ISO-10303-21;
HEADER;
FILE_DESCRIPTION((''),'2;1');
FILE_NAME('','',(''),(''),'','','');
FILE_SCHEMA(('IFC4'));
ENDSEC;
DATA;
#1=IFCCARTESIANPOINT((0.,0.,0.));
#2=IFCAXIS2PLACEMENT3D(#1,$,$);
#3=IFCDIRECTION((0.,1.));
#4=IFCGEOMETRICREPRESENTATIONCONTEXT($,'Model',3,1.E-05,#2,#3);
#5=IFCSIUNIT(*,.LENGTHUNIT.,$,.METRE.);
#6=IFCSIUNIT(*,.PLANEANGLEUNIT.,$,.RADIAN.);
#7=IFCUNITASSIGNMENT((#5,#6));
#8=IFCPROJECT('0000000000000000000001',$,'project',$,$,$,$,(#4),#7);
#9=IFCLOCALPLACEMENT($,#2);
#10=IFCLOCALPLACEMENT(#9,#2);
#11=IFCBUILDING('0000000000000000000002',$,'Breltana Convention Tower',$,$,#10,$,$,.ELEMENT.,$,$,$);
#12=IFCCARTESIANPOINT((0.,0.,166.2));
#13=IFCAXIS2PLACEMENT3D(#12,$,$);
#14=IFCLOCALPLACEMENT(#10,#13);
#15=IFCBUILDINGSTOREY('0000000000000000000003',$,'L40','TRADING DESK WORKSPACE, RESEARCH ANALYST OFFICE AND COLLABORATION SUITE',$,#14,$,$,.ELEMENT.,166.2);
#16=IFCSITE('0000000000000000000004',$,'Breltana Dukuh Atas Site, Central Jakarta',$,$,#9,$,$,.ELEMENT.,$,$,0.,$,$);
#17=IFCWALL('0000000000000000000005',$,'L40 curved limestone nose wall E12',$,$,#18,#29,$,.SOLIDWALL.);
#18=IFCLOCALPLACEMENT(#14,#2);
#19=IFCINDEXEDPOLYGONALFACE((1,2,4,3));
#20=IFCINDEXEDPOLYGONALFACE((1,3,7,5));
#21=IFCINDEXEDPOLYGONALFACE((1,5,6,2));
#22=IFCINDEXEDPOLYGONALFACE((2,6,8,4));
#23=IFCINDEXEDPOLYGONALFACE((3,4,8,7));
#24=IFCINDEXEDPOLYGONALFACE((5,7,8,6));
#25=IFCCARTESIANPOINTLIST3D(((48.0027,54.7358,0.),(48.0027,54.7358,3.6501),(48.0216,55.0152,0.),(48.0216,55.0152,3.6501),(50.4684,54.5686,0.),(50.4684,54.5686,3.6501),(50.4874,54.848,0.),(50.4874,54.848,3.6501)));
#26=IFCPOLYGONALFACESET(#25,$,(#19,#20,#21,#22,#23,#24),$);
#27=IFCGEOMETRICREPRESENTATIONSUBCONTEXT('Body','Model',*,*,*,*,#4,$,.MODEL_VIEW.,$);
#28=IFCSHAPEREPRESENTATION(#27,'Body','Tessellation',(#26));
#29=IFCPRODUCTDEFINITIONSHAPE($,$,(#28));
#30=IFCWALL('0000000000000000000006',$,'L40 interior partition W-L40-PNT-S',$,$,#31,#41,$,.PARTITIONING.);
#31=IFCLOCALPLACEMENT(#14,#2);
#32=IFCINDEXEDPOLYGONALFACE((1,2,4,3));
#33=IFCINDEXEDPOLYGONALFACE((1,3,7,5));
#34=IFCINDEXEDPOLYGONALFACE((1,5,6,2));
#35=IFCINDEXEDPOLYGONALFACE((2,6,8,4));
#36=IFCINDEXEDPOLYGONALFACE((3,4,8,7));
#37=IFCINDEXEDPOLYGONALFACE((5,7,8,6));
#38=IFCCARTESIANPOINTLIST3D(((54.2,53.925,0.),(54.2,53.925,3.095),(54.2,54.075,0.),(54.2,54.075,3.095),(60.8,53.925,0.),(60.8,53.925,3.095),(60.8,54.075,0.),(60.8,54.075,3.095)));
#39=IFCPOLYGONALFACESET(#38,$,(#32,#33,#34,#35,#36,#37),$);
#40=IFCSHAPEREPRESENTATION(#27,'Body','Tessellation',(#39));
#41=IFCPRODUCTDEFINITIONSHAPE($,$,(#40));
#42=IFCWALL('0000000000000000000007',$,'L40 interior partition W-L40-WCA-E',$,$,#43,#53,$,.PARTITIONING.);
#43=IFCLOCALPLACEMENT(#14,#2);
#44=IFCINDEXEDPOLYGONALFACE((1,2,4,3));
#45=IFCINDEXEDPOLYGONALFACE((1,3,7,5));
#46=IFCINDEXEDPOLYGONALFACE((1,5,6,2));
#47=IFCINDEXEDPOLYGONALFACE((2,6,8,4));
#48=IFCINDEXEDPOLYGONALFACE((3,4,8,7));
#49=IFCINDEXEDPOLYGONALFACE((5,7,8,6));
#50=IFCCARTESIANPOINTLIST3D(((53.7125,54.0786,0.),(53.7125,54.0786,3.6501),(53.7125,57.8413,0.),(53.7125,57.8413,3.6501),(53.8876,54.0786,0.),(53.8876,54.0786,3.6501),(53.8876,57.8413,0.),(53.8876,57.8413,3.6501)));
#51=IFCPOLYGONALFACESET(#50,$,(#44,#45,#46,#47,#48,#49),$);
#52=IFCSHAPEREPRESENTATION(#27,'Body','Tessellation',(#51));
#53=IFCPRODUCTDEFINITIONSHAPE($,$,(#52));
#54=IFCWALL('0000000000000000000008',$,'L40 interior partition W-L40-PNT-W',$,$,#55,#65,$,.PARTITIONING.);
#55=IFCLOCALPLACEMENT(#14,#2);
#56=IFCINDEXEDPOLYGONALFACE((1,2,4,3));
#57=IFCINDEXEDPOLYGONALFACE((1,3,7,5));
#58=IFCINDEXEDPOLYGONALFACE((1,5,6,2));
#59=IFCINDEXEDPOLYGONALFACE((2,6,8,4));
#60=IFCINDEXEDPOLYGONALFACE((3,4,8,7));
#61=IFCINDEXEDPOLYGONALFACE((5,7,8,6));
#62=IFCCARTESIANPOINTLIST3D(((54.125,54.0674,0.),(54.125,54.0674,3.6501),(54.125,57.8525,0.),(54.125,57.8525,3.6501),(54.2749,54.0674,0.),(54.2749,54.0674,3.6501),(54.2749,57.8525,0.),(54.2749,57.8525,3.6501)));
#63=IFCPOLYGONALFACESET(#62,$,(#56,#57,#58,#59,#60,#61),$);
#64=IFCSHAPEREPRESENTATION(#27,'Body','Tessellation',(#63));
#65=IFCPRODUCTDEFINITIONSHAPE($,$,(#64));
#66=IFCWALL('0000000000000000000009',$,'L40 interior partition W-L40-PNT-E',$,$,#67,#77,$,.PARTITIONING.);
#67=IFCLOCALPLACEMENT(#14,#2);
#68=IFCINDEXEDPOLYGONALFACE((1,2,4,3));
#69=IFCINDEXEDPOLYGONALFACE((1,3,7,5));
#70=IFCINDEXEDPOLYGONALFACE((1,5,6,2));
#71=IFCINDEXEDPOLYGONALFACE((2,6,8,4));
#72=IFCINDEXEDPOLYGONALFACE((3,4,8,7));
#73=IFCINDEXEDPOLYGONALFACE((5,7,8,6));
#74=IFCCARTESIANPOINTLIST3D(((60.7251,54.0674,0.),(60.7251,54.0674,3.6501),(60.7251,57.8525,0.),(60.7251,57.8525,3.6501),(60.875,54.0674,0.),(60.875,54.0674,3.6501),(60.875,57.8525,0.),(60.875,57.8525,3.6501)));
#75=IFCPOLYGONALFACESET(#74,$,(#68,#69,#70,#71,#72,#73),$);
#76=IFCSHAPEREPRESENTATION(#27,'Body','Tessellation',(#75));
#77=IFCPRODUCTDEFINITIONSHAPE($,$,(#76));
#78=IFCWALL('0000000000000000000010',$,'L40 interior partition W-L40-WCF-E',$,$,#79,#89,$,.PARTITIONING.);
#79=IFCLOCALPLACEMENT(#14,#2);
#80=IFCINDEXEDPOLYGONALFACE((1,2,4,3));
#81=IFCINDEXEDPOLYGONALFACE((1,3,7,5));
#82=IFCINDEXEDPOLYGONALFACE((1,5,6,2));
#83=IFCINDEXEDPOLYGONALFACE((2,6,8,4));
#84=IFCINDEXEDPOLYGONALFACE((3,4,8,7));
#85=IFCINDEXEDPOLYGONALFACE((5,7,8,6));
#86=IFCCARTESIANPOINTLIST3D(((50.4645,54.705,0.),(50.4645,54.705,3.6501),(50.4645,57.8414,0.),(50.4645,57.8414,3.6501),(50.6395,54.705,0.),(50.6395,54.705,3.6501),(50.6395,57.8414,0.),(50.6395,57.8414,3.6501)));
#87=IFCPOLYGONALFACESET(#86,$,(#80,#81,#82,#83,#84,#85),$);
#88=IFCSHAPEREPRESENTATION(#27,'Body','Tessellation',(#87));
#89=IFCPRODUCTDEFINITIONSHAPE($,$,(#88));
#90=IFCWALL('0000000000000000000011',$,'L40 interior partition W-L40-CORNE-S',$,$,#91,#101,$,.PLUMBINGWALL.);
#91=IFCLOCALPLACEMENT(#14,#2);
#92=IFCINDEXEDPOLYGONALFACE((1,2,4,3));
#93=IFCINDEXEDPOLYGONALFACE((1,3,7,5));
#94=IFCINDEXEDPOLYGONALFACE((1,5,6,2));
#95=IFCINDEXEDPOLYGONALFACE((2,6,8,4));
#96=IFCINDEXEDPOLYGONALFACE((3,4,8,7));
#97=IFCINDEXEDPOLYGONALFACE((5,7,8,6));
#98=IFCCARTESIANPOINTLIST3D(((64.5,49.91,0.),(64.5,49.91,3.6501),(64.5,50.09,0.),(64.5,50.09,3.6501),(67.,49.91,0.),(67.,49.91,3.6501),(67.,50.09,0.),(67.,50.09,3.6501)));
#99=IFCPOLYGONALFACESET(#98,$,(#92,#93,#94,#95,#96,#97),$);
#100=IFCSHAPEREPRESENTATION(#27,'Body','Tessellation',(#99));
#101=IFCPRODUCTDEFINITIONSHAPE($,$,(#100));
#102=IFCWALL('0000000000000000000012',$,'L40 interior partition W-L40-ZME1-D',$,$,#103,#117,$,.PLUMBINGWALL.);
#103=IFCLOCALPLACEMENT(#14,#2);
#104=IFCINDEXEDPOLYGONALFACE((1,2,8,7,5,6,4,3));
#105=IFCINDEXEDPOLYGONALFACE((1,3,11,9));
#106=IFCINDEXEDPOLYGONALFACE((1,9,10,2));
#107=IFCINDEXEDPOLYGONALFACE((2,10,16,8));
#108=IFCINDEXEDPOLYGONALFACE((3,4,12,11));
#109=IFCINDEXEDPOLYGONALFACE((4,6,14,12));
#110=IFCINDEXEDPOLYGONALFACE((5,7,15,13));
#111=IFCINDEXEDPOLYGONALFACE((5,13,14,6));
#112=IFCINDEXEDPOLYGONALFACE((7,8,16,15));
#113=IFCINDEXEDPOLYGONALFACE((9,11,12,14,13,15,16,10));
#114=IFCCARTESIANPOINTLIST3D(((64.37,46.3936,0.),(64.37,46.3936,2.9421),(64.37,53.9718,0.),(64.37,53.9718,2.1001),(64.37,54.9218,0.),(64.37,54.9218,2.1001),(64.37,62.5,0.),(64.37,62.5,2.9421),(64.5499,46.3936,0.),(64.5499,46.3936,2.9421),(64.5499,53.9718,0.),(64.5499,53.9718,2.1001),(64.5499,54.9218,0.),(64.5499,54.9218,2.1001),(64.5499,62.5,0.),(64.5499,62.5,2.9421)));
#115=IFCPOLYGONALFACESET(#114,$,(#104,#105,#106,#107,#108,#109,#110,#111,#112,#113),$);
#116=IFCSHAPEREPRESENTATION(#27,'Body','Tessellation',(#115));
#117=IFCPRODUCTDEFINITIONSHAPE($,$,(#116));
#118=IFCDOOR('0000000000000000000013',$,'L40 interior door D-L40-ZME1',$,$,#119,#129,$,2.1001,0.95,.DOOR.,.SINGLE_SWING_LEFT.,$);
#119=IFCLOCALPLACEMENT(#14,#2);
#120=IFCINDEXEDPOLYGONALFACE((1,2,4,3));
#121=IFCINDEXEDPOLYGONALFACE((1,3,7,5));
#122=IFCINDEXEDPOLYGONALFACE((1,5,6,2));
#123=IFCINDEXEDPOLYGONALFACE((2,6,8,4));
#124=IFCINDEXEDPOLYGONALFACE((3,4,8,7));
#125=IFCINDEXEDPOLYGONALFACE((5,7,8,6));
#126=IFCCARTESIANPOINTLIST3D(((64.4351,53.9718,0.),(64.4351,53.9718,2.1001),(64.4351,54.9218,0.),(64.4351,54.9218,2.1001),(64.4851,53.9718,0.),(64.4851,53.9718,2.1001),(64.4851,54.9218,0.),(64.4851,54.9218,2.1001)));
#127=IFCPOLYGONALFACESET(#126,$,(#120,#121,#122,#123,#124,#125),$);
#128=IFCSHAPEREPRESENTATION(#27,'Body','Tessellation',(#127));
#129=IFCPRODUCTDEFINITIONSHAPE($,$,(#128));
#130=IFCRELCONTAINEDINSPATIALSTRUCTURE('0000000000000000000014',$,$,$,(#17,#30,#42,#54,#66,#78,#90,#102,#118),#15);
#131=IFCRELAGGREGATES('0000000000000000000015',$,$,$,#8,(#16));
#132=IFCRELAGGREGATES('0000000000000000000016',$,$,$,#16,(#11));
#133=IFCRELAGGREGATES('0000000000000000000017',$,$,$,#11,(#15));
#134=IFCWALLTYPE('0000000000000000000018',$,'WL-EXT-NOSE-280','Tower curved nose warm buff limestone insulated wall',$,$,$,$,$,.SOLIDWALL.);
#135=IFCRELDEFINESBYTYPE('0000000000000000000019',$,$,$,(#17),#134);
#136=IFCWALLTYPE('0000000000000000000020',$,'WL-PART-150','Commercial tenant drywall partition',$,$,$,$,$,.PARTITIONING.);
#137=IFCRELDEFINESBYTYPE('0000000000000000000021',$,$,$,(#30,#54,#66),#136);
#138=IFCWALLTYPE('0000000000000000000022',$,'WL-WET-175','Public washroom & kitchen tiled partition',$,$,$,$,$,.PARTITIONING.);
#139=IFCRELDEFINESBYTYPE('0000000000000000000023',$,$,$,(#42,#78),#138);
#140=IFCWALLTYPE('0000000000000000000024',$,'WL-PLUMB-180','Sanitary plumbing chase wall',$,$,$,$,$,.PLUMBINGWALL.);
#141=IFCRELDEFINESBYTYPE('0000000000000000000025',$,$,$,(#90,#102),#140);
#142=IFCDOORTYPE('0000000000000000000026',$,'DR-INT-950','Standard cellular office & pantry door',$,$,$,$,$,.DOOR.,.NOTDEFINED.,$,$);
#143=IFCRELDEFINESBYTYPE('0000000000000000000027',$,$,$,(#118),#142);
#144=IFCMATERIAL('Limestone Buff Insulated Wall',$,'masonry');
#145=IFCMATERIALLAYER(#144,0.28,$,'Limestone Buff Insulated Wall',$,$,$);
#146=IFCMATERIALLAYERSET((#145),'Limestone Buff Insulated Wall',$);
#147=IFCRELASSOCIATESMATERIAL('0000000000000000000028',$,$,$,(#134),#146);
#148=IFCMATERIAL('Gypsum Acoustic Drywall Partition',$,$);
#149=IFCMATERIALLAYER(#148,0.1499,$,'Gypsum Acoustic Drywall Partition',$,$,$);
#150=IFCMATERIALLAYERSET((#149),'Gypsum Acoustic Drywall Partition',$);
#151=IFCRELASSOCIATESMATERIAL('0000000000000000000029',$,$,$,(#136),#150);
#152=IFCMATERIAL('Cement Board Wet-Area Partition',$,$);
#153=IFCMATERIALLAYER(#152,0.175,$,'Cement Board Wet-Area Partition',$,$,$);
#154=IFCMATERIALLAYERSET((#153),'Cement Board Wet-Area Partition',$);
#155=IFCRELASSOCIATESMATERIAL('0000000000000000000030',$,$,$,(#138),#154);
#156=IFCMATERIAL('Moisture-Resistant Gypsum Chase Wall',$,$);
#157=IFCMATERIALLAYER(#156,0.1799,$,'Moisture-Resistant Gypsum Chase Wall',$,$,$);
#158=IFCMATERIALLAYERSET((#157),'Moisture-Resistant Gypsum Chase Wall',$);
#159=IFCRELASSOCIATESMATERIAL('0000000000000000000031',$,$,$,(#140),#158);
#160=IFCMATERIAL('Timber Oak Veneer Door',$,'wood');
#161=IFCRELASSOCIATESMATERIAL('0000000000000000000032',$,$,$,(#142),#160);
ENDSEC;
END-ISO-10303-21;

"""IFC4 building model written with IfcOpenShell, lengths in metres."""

from ifc_helpers import new_model, si_unit, direction, frame, frame_2d, origin, place, context, subcontext, project, spatial, rectangle, extrude, source, transform, mapped, material, layer, layer_set, type_object, type_shapes, element, fill, save


model = new_model("IFC4")

# Units and contexts
model_context = context("Model", 3, precision=1e-05, world=origin(), true_north=direction((0.0, 1.0)))
body_context = subcontext(model_context, "Body", "Model", "MODEL_VIEW")
ifc_project = project(units=[si_unit("LENGTHUNIT", "METRE"), si_unit("PLANEANGLEUNIT", "RADIAN")], contexts=[model_context])

# Site, building, storey
site_placement = place(None, origin())
site = spatial("IfcSite", under=ifc_project, at=site_placement, Name="Breltana Dukuh Atas Site, Central Jakarta", CompositionType="ELEMENT", RefElevation=0.0)
building_placement = place(site_placement, origin())
building = spatial("IfcBuilding", under=site, at=building_placement, Name="Breltana Convention Tower", CompositionType="ELEMENT")
storey_placement = place(building_placement, frame((0.0, 0.0, 166.2)))
storey = spatial("IfcBuildingStorey", under=building, at=storey_placement, Name="L40", Description="TRADING DESK WORKSPACE, RESEARCH ANALYST OFFICE AND COLLABORATION SUITE", CompositionType="ELEMENT", Elevation=166.2)

# Walls
ifc_material_1 = material(Name="Limestone Buff Insulated Wall", Category="masonry")
ifc_layer_1 = layer(ifc_material_1, 0.28, Name="Limestone Buff Insulated Wall")
ifc_layer_set_1 = layer_set([ifc_layer_1], Name="Limestone Buff Insulated Wall")
wall_type_1 = type_object("IfcWallType", Name="WL-EXT-NOSE-280", Description="Tower curved nose warm buff limestone insulated wall", PredefinedType="SOLIDWALL", material=ifc_layer_set_1)
shared_shape_1 = source(origin(), body_context, "Body", "SweptSolid", [
    extrude(rectangle(XDim=2.4714, YDim=0.28, at=frame_2d((1.2358, 0.0))), origin(), (0.0, 0.0, 1.0), 3.6501),
])
wall_1_placement = place(storey_placement, frame((50.478, 54.7083, 0.0), z_axis=(0.0, 0.0, 1.0), x_axis=(-0.997708, 0.067666, 0.0)))
element("IfcWall", 1, at=wall_1_placement, inside=storey, type_object=wall_type_1, Name="L40 curved limestone nose wall E12", PredefinedType="SOLIDWALL", context=body_context, shape_type="MappedRepresentation", body=[
    mapped(shared_shape_1, transform((0.0, 0.0, 0.0), scale=1.0)),
])
ifc_material_2 = material(Name="Gypsum Acoustic Drywall Partition")
ifc_layer_2 = layer(ifc_material_2, 0.1499, Name="Gypsum Acoustic Drywall Partition")
ifc_layer_set_2 = layer_set([ifc_layer_2], Name="Gypsum Acoustic Drywall Partition")
wall_type_2 = type_object("IfcWallType", Name="WL-PART-150", Description="Commercial tenant drywall partition", PredefinedType="PARTITIONING", material=ifc_layer_set_2)
shared_shape_2 = source(origin(), body_context, "Body", "SweptSolid", [
    extrude(rectangle(XDim=6.6001, YDim=0.1499, at=frame_2d((3.3, 0.0))), origin(), (0.0, 0.0, 1.0), 3.095),
])
wall_2_placement = place(storey_placement, frame((54.2, 54.0, 0.0), z_axis=(0.0, 0.0, 1.0), x_axis=(1.0, 0.0, 0.0)))
element("IfcWall", 2, at=wall_2_placement, inside=storey, type_object=wall_type_2, Name="L40 interior partition W-L40-PNT-S", PredefinedType="PARTITIONING", context=body_context, shape_type="MappedRepresentation", body=[
    mapped(shared_shape_2, transform((0.0, 0.0, 0.0), scale=1.0)),
])
ifc_material_3 = material(Name="Cement Board Wet-Area Partition")
ifc_layer_3 = layer(ifc_material_3, 0.175, Name="Cement Board Wet-Area Partition")
ifc_layer_set_3 = layer_set([ifc_layer_3], Name="Cement Board Wet-Area Partition")
wall_type_3 = type_object("IfcWallType", Name="WL-WET-175", Description="Public washroom & kitchen tiled partition", PredefinedType="PARTITIONING", material=ifc_layer_set_3)
shared_shape_3 = source(origin(), body_context, "Body", "SweptSolid", [
    extrude(rectangle(XDim=3.7627, YDim=0.175, at=frame_2d((1.8813, 0.0))), origin(), (0.0, 0.0, 1.0), 3.6501),
])
wall_3_placement = place(storey_placement, frame((53.8, 54.0786, 0.0), z_axis=(0.0, 0.0, 1.0), x_axis=(0.0, 1.0, 0.0)))
element("IfcWall", 3, at=wall_3_placement, inside=storey, type_object=wall_type_3, Name="L40 interior partition W-L40-WCA-E", PredefinedType="PARTITIONING", context=body_context, shape_type="MappedRepresentation", body=[
    mapped(shared_shape_3, transform((0.0, 0.0, 0.0), scale=1.0)),
])
shared_shape_4 = source(origin(), body_context, "Body", "SweptSolid", [
    extrude(rectangle(XDim=3.7852, YDim=0.1499, at=frame_2d((1.8926, 0.0))), origin(), (0.0, 0.0, 1.0), 3.6501),
])
for number, where, z_axis, x_axis, name in (
    (4, (54.2, 54.0674, 0.0), (0.0, 0.0, 1.0), (0.0, 1.0, 0.0), "L40 interior partition W-L40-PNT-W"),
    (5, (60.8, 54.0674, 0.0), (0.0, 0.0, 1.0), (0.0, 1.0, 0.0), "L40 interior partition W-L40-PNT-E"),
):
    element("IfcWall", number, at=place(storey_placement, frame(where, z_axis=z_axis, x_axis=x_axis)), inside=storey, type_object=wall_type_2, Name=name, PredefinedType="PARTITIONING", context=body_context, shape_type="MappedRepresentation", body=[
        mapped(shared_shape_4, transform((0.0, 0.0, 0.0), scale=1.0)),
    ])
shared_shape_5 = source(origin(), body_context, "Body", "SweptSolid", [
    extrude(rectangle(XDim=3.1365, YDim=0.175, at=frame_2d((1.5684, 0.0))), origin(), (0.0, 0.0, 1.0), 3.6501),
])
wall_4_placement = place(storey_placement, frame((50.552, 54.7048, 0.0), z_axis=(0.0, 0.0, 1.0), x_axis=(0.0, 1.0, 0.0)))
element("IfcWall", 6, at=wall_4_placement, inside=storey, type_object=wall_type_3, Name="L40 interior partition W-L40-WCF-E", PredefinedType="PARTITIONING", context=body_context, shape_type="MappedRepresentation", body=[
    mapped(shared_shape_5, transform((0.0, 0.0, 0.0), scale=1.0)),
])
ifc_material_4 = material(Name="Moisture-Resistant Gypsum Chase Wall")
ifc_layer_4 = layer(ifc_material_4, 0.1799, Name="Moisture-Resistant Gypsum Chase Wall")
ifc_layer_set_4 = layer_set([ifc_layer_4], Name="Moisture-Resistant Gypsum Chase Wall")
wall_type_4 = type_object("IfcWallType", Name="WL-PLUMB-180", Description="Sanitary plumbing chase wall", PredefinedType="PLUMBINGWALL", material=ifc_layer_set_4)
shared_shape_6 = source(origin(), body_context, "Body", "SweptSolid", [
    extrude(rectangle(XDim=2.5, YDim=0.1799, at=frame_2d((1.25, 0.0))), origin(), (0.0, 0.0, 1.0), 3.6501),
])
wall_5_placement = place(storey_placement, frame((64.5, 50.0, 0.0), z_axis=(0.0, 0.0, 1.0), x_axis=(1.0, 0.0, 0.0)))
element("IfcWall", 7, at=wall_5_placement, inside=storey, type_object=wall_type_4, Name="L40 interior partition W-L40-CORNE-S", PredefinedType="PLUMBINGWALL", context=body_context, shape_type="MappedRepresentation", body=[
    mapped(shared_shape_6, transform((0.0, 0.0, 0.0), scale=1.0)),
])

# Wall, opening, door
shared_shape_7 = source(origin(), body_context, "Body", "SweptSolid", [
    extrude(rectangle(XDim=16.1064, YDim=0.1799, at=frame_2d((8.0532, 0.0))), origin(), (0.0, 0.0, 1.0), 2.9421),
])
wall_6_placement = place(storey_placement, frame((64.46, 46.3936, 0.0), z_axis=(0.0, 0.0, 1.0), x_axis=(0.0, 1.0, 0.0)))
wall_6 = element("IfcWall", 8, at=wall_6_placement, inside=storey, type_object=wall_type_4, Name="L40 interior partition W-L40-ZME1-D", PredefinedType="PLUMBINGWALL", context=body_context, shape_type="MappedRepresentation", body=[
    mapped(shared_shape_7, transform((0.0, 0.0, 0.0), scale=1.0)),
])
opening_placement = place(wall_6_placement, frame((7.5781, 0.0, 0.0)))
opening = element("IfcOpeningElement", 9, at=opening_placement, cuts=wall_6, PredefinedType="OPENING", context=body_context, shape_type="SweptSolid", body=[
    extrude(rectangle(XDim=0.95, YDim=2.1001, at=frame_2d((0.4751, 1.05))), frame((0.0, 0.1001, 0.0), z_axis=(0.0, -1.0, 0.0), x_axis=(1.0, 0.0, 0.0)), (0.0, 0.0, 1.0), 0.2),
])
ifc_material_5 = material(Name="Timber Oak Veneer Door", Category="wood")
door_type = type_object("IfcDoorType", Name="DR-INT-950", Description="Standard cellular office & pantry door", OperationType="NOTDEFINED", PredefinedType="DOOR", material=ifc_material_5)
shared_shape_8 = source(origin(), body_context, "Body", "SweptSolid", [
    extrude(rectangle(XDim=0.95, YDim=2.1001, at=frame_2d((0.4751, 1.05))), frame((0.0, 0.0249, 0.0), z_axis=(0.0, -1.0, 0.0), x_axis=(1.0, 0.0, 0.0)), (0.0, 0.0, 1.0), 0.05),
])
type_shapes(door_type, [shared_shape_8])
door_placement = place(opening_placement, origin())
door = element("IfcDoor", 10, at=door_placement, inside=storey, type_object=door_type, Name="L40 interior door D-L40-ZME1", OperationType="SINGLE_SWING_LEFT", OverallHeight=2.1001, OverallWidth=0.95, PredefinedType="DOOR", context=body_context, shape_type="MappedRepresentation", body=[
    mapped(shared_shape_8, transform((0.0, 0.0, 0.0), scale=1.0)),
])
fill(opening, door)

save(model, "model.ifc")
